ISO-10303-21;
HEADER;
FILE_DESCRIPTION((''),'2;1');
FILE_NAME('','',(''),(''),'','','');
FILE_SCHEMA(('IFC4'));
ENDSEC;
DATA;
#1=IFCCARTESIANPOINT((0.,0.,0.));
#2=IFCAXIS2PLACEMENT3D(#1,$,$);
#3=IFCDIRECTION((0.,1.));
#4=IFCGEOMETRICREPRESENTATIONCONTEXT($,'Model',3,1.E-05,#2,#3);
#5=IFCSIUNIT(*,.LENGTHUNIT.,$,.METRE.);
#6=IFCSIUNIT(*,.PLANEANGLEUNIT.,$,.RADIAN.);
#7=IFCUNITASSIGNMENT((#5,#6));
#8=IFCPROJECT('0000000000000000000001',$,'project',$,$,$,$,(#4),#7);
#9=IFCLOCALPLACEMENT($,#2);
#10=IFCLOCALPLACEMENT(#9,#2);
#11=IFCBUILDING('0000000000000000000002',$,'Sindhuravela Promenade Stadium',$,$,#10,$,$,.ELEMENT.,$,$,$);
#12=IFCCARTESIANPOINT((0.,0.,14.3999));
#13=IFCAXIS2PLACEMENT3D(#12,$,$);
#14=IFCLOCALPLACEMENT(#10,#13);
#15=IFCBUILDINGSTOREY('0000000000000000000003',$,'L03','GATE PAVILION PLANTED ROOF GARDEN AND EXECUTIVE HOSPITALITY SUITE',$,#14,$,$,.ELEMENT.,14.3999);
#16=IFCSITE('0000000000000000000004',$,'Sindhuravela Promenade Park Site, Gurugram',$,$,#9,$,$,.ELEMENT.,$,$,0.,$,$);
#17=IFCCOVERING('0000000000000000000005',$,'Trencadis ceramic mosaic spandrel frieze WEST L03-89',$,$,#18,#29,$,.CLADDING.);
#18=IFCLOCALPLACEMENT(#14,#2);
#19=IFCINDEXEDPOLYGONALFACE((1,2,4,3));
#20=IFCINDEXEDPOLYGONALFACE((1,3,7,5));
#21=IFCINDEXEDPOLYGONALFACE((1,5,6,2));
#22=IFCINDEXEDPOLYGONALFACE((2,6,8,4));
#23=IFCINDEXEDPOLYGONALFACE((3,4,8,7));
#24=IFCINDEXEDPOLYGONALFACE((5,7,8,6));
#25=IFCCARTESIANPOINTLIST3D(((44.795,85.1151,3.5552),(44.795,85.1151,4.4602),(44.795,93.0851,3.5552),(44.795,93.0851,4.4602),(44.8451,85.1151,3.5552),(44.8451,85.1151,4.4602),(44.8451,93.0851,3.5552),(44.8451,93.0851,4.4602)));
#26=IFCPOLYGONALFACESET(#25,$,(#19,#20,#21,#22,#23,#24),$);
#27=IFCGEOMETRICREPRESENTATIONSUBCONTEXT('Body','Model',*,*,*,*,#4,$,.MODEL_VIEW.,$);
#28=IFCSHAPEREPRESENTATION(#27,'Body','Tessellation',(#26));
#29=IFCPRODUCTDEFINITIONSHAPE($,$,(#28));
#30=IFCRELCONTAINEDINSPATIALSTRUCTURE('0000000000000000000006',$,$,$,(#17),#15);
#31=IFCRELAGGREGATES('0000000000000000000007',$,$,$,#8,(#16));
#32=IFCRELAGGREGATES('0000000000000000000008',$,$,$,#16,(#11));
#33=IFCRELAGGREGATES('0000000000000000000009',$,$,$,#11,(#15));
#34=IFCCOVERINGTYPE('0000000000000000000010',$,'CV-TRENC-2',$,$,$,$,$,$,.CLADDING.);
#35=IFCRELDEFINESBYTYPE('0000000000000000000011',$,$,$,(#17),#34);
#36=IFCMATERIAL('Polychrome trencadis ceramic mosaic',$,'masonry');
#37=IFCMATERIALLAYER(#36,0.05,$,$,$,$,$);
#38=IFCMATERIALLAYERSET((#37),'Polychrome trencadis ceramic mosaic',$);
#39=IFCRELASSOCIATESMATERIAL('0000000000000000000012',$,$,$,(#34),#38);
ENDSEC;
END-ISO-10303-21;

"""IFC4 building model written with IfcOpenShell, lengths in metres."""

from ifc_helpers import new_model, si_unit, direction, frame, origin, origin_2d, place, context, subcontext, project, spatial, rectangle, extrude, material, layer, layer_set, type_object, element, save


model = new_model("IFC4")

# Units and contexts
model_context = context("Model", 3, precision=1e-05, world=origin(), true_north=direction((0.0, 1.0)))
body_context = subcontext(model_context, "Body", "Model", "MODEL_VIEW")
ifc_project = project(units=[si_unit("LENGTHUNIT", "METRE"), si_unit("PLANEANGLEUNIT", "RADIAN")], contexts=[model_context])

# Site, building, storey
site_placement = place(None, origin())
site = spatial("IfcSite", under=ifc_project, at=site_placement, Name="Sindhuravela Promenade Park Site, Gurugram", CompositionType="ELEMENT", RefElevation=0.0)
building_placement = place(site_placement, origin())
building = spatial("IfcBuilding", under=site, at=building_placement, Name="Sindhuravela Promenade Stadium", CompositionType="ELEMENT")
storey_placement = place(building_placement, frame((0.0, 0.0, 14.3999)))
storey = spatial("IfcBuildingStorey", under=building, at=storey_placement, Name="L03", Description="GATE PAVILION PLANTED ROOF GARDEN AND EXECUTIVE HOSPITALITY SUITE", CompositionType="ELEMENT", Elevation=14.3999)

# Covering
ifc_material_1 = material(Name="Polychrome trencadis ceramic mosaic", Category="masonry")
ifc_layer_1 = layer(ifc_material_1, 0.05)
ifc_layer_set_1 = layer_set([ifc_layer_1], Name="Polychrome trencadis ceramic mosaic")
covering_type_1 = type_object("IfcCoveringType", Name="CV-TRENC-2", PredefinedType="CLADDING", material=ifc_layer_set_1)
covering_1_placement = place(storey_placement, frame((44.8201, 89.1001, 3.5552), z_axis=(0.0, 0.0, 1.0), x_axis=(0.0, -1.0, 0.0)))
element("IfcCovering", 1, at=covering_1_placement, inside=storey, type_object=covering_type_1, Name="Trencadis ceramic mosaic spandrel frieze WEST L03-89", PredefinedType="CLADDING", context=body_context, shape_type="SweptSolid", body=[
    extrude(rectangle(XDim=7.97, YDim=0.05, at=origin_2d()), origin(), (0.0, 0.0, 1.0), 0.905),
])

save(model, "model.ifc")
